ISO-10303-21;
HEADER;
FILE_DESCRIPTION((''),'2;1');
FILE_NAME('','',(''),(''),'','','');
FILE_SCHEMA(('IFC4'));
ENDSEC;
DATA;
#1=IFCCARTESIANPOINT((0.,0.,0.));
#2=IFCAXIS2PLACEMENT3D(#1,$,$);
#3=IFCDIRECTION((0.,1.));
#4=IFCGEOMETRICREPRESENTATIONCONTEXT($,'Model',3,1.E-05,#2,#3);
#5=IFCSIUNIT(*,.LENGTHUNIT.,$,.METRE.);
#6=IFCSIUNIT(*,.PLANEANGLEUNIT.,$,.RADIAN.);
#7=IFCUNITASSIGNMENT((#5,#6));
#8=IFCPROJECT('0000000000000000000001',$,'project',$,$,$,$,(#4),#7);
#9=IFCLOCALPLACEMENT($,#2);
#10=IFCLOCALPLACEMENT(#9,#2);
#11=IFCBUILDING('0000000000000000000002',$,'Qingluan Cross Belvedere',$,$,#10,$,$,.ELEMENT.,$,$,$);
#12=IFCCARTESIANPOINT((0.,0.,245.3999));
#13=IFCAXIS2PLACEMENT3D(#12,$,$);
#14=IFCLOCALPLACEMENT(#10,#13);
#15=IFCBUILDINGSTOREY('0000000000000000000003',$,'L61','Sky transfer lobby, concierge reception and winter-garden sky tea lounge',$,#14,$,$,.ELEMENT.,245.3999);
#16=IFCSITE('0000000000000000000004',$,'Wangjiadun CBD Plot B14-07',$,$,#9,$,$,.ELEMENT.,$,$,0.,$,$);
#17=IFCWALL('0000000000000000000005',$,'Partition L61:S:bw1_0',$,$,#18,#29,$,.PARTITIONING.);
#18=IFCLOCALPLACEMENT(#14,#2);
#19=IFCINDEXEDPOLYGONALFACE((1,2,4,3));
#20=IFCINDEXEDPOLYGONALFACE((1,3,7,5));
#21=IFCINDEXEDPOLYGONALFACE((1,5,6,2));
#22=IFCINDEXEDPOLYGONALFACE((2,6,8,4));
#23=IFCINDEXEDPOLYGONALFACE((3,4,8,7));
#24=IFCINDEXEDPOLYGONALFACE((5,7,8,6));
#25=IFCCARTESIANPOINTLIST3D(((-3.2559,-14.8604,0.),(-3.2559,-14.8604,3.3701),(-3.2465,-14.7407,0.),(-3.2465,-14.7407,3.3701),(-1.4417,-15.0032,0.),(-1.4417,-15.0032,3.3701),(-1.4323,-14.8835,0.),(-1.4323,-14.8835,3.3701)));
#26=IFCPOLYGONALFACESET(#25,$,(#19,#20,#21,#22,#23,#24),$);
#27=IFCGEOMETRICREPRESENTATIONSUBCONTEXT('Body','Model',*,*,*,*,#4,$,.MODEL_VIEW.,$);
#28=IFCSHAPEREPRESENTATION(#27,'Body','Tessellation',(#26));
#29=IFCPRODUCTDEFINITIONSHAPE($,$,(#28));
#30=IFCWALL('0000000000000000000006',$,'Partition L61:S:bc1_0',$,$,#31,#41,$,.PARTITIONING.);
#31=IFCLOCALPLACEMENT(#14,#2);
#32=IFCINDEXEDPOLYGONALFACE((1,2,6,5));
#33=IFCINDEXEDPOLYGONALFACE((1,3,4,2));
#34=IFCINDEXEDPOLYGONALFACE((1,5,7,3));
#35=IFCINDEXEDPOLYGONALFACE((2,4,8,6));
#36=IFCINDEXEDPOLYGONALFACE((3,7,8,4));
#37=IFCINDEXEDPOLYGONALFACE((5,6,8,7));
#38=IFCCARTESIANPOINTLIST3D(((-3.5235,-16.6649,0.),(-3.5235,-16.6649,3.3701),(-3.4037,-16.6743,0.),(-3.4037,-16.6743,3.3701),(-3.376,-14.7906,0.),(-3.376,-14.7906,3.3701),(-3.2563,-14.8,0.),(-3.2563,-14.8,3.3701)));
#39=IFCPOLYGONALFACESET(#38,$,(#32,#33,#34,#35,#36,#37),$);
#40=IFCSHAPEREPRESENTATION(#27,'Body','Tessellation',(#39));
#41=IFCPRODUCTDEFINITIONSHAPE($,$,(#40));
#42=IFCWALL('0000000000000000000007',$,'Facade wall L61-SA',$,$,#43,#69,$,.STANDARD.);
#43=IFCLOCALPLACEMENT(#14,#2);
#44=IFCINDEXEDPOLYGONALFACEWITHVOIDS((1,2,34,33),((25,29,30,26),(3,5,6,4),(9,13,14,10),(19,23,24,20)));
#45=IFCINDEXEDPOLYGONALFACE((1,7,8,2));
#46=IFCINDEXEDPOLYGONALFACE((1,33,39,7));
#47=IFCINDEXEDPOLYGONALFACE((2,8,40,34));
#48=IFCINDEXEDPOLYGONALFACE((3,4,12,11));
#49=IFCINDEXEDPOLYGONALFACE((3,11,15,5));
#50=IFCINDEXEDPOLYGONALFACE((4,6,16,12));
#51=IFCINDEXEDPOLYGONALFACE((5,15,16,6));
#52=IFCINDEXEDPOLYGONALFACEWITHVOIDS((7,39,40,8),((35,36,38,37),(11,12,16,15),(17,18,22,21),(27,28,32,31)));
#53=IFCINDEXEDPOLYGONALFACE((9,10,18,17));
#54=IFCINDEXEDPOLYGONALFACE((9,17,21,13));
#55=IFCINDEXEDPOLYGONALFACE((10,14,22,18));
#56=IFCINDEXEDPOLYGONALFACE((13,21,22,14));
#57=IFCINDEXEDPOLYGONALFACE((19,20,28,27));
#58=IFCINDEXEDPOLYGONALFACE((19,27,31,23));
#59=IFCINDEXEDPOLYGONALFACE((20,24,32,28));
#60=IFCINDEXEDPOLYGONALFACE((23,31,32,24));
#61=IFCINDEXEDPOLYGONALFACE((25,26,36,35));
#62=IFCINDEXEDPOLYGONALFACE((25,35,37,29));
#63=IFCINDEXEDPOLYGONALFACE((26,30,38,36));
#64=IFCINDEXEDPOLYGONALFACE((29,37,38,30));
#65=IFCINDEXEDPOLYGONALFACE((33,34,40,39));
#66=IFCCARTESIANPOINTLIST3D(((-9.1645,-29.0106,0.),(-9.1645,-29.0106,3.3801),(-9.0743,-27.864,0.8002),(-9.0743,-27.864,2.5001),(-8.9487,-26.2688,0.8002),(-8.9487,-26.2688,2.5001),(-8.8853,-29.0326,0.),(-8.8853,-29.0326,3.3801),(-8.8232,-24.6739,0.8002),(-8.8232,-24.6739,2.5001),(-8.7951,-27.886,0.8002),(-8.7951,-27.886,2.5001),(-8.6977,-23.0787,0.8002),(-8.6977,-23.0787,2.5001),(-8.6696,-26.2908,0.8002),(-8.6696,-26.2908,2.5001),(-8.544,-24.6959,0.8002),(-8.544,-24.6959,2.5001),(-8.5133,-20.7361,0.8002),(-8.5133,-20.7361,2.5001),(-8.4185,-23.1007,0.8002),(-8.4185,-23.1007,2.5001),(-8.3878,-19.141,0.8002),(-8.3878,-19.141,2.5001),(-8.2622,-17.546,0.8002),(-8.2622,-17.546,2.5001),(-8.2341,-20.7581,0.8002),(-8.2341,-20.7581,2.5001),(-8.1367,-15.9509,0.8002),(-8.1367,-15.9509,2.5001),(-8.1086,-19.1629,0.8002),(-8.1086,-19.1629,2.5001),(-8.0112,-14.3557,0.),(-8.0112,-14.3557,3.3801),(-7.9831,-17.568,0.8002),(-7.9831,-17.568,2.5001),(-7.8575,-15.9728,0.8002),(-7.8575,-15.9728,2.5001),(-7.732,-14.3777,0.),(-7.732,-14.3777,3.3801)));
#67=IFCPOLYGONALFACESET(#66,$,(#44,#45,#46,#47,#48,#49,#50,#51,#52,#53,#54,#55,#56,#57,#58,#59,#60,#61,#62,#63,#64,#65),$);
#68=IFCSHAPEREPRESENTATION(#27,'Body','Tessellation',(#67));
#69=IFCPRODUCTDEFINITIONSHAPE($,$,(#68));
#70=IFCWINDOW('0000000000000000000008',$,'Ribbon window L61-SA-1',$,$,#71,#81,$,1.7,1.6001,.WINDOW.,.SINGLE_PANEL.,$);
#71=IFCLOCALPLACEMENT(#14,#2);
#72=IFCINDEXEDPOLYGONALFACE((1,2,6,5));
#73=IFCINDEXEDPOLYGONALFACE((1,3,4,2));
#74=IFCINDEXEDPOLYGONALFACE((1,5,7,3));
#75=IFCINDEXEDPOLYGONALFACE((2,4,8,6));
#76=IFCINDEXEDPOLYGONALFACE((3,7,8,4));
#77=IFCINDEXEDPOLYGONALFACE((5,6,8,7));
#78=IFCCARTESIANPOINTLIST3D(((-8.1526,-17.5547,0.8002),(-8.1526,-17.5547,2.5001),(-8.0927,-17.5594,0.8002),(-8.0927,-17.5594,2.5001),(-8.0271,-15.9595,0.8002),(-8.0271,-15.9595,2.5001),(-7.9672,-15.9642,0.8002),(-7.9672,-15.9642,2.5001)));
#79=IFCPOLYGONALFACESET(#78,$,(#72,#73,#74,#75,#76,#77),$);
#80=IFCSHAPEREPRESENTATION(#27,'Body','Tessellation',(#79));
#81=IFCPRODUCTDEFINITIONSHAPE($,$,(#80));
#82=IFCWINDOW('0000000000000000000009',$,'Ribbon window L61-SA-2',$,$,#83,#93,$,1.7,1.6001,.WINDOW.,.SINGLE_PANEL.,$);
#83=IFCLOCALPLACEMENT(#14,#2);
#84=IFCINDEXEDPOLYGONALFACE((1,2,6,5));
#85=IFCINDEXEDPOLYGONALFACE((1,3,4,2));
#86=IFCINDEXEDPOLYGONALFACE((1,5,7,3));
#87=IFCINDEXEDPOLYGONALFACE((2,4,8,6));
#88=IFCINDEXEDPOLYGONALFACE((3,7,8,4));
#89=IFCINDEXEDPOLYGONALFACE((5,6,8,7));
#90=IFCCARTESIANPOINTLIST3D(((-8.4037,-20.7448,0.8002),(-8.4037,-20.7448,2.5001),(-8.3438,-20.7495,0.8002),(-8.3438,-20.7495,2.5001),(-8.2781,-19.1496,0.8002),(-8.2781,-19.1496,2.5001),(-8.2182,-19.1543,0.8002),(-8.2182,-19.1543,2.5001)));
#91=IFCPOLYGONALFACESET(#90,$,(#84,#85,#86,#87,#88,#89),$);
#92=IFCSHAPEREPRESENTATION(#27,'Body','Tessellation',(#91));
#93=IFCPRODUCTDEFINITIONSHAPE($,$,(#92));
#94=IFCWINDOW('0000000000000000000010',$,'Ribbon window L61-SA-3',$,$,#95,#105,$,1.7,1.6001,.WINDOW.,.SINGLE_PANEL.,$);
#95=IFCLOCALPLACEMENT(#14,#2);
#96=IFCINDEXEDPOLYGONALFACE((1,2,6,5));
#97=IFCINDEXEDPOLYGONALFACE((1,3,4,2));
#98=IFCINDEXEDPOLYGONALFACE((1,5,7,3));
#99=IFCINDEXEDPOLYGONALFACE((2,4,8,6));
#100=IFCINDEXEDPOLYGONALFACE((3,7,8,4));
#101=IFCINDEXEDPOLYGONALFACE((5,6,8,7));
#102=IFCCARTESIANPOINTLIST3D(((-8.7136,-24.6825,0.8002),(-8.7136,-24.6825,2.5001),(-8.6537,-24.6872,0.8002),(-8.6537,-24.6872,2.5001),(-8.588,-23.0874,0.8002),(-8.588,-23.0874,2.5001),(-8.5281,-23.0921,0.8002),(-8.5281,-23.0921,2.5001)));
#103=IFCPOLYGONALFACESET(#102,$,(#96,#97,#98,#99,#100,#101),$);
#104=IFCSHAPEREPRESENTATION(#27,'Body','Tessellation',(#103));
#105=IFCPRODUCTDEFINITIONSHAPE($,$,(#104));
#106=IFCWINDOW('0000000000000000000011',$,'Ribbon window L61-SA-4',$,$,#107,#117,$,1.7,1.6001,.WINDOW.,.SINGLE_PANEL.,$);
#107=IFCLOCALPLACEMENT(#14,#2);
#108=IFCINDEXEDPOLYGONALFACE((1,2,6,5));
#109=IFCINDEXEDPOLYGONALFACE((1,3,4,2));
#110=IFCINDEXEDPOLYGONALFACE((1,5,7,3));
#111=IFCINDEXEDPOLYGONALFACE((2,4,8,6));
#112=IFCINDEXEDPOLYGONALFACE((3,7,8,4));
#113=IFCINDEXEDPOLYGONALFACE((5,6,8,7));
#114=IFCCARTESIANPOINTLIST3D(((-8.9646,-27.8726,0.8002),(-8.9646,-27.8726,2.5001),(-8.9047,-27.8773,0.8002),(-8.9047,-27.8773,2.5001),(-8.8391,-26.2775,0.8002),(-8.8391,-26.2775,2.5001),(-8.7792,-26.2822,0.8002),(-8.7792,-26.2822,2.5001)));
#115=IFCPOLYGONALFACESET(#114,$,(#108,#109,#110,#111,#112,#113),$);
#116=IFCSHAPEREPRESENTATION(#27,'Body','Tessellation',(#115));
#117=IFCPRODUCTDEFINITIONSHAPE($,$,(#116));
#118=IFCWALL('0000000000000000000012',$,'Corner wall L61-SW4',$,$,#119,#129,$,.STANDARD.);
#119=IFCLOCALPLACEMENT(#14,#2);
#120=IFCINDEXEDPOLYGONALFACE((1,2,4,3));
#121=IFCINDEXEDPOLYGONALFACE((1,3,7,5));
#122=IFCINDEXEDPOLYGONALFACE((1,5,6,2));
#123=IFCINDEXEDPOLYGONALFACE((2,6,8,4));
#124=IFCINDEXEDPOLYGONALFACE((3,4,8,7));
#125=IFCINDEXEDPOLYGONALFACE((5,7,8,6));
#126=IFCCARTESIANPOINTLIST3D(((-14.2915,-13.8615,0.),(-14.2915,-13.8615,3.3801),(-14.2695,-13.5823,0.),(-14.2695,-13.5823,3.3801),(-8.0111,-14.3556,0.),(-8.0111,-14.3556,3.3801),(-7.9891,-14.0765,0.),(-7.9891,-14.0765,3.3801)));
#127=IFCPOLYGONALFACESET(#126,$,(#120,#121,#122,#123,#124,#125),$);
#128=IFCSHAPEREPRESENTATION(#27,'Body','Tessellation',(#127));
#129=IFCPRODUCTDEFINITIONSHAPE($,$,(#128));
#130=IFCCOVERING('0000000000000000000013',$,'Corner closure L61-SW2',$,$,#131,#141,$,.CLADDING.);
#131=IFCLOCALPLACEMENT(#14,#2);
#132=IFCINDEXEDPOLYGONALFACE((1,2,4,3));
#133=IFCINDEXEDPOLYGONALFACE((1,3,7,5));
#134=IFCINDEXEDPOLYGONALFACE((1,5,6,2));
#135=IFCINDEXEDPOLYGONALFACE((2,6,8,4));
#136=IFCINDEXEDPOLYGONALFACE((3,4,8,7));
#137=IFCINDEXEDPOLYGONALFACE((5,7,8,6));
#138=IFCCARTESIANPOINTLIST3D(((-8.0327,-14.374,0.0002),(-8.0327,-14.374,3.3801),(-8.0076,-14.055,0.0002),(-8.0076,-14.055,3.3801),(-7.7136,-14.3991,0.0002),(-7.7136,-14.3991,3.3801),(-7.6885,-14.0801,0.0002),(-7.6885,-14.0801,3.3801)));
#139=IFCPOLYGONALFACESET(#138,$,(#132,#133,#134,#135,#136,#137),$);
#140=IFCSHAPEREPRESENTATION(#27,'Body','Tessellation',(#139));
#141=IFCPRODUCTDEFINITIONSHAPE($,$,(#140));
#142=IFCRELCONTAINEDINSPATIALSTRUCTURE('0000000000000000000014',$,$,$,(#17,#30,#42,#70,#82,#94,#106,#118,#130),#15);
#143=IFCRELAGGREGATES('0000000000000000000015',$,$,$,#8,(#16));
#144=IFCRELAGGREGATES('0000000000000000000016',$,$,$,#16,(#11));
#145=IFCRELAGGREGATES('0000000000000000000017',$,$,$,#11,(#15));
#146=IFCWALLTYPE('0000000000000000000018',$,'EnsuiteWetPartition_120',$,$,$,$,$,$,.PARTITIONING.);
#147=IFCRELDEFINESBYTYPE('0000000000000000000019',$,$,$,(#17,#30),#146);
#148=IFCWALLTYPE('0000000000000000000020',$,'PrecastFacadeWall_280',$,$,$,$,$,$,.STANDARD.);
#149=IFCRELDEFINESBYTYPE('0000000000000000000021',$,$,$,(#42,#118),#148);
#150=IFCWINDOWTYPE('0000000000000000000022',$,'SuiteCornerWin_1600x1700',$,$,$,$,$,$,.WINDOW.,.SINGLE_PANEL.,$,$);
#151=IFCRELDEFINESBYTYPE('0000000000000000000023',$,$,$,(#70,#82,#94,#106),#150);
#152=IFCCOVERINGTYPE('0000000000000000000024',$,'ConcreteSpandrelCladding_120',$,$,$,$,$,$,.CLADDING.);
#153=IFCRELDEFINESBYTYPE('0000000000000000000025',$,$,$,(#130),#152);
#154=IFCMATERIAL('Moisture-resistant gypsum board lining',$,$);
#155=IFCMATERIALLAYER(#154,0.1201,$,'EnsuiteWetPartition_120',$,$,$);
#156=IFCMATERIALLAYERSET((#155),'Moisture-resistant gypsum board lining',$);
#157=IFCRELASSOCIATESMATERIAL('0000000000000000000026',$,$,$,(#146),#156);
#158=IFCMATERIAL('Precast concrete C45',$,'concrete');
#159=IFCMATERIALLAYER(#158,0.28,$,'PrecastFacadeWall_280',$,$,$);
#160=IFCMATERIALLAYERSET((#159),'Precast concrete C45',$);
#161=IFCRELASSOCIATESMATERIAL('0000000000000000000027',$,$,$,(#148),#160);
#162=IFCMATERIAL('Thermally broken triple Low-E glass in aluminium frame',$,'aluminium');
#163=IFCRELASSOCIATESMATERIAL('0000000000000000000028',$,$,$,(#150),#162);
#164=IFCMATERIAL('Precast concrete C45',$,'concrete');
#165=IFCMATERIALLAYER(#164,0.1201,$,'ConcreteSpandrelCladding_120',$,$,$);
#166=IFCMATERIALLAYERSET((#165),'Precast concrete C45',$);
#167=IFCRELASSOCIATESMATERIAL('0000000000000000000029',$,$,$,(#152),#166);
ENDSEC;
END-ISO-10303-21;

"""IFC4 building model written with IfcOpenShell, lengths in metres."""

from ifc_helpers import new_model, si_unit, direction, frame, frame_2d, origin, origin_2d, place, context, subcontext, project, spatial, rectangle, extrude, material, layer, layer_set, type_object, element, fill, save


model = new_model("IFC4")

# Units and contexts
model_context = context("Model", 3, precision=1e-05, world=origin(), true_north=direction((0.0, 1.0)))
body_context = subcontext(model_context, "Body", "Model", "MODEL_VIEW")
ifc_project = project(units=[si_unit("LENGTHUNIT", "METRE"), si_unit("PLANEANGLEUNIT", "RADIAN")], contexts=[model_context])

# Site, building, storey
site_placement = place(None, origin())
site = spatial("IfcSite", under=ifc_project, at=site_placement, Name="Wangjiadun CBD Plot B14-07", CompositionType="ELEMENT", RefElevation=0.0)
building_placement = place(site_placement, origin())
building = spatial("IfcBuilding", under=site, at=building_placement, Name="Qingluan Cross Belvedere", CompositionType="ELEMENT")
storey_placement = place(building_placement, frame((0.0, 0.0, 245.3999)))
storey = spatial("IfcBuildingStorey", under=building, at=storey_placement, Name="L61", Description="Sky transfer lobby, concierge reception and winter-garden sky tea lounge", CompositionType="ELEMENT", Elevation=245.3999)

# Walls
ifc_material_1 = material(Name="Moisture-resistant gypsum board lining")
ifc_layer_1 = layer(ifc_material_1, 0.1201, Name="EnsuiteWetPartition_120")
ifc_layer_set_1 = layer_set([ifc_layer_1], Name="Moisture-resistant gypsum board lining")
wall_type_1 = type_object("IfcWallType", Name="EnsuiteWetPartition_120", PredefinedType="PARTITIONING", material=ifc_layer_set_1)
wall_1_placement = place(storey_placement, frame((-3.2512, -14.8005, 0.0), z_axis=(0.0, 0.0, 1.0), x_axis=(0.996916, -0.078481, 0.0)))
element("IfcWall", 1, at=wall_1_placement, inside=storey, type_object=wall_type_1, Name="Partition L61:S:bw1_0", PredefinedType="PARTITIONING", context=body_context, shape_type="SweptSolid", body=[
    extrude(rectangle(XDim=1.8198, YDim=0.1201, at=frame_2d((0.9099, 0.0))), origin(), (0.0, 0.0, 1.0), 3.3701),
])
wall_2_placement = place(storey_placement, frame((-3.3162, -14.7954, 0.0), z_axis=(0.0, 0.0, 1.0), x_axis=(-0.078434, -0.996919, 0.0)))
element("IfcWall", 2, at=wall_2_placement, inside=storey, type_object=wall_type_1, Name="Partition L61:S:bc1_0", PredefinedType="PARTITIONING", context=body_context, shape_type="SweptSolid", body=[
    extrude(rectangle(XDim=1.8801, YDim=0.1201, at=frame_2d((0.9399, 0.0))), origin(), (0.0, 0.0, 1.0), 3.3701),
])

# Wall, openings, windows
ifc_material_2 = material(Name="Precast concrete C45", Category="concrete")
ifc_layer_2 = layer(ifc_material_2, 0.28, Name="PrecastFacadeWall_280")
ifc_layer_set_2 = layer_set([ifc_layer_2], Name="Precast concrete C45")
wall_type_2 = type_object("IfcWallType", Name="PrecastFacadeWall_280", PredefinedType="STANDARD", material=ifc_layer_set_2)
wall_3_placement = place(storey_placement, frame((-7.8716, -14.3667, 0.0), z_axis=(0.0, 0.0, 1.0), x_axis=(-0.078457, -0.996918, 0.0)))
wall_3 = element("IfcWall", 3, at=wall_3_placement, inside=storey, type_object=wall_type_2, Name="Facade wall L61-SA", PredefinedType="STANDARD", context=body_context, shape_type="SweptSolid", body=[
    extrude(rectangle(XDim=14.7002, YDim=0.28, at=frame_2d((7.3501, 0.0))), origin(), (0.0, 0.0, 1.0), 3.3801),
])
opening_1_placement = place(wall_3_placement, frame((1.6001, 0.0, 0.8)))
opening_1 = element("IfcOpeningElement", 4, at=opening_1_placement, cuts=wall_3, PredefinedType="OPENING", context=body_context, shape_type="SweptSolid", body=[
    extrude(rectangle(XDim=1.6001, YDim=1.7, at=frame_2d((0.8, 0.8501))), frame((0.0, 0.1499, 0.0), z_axis=(0.0, -1.0, 0.0), x_axis=(1.0, 0.0, 0.0)), (0.0, 0.0, 1.0), 0.3),
])
opening_2_placement = place(wall_3_placement, frame((4.8, 0.0, 0.8)))
opening_2 = element("IfcOpeningElement", 5, at=opening_2_placement, cuts=wall_3, PredefinedType="OPENING", context=body_context, shape_type="SweptSolid", body=[
    extrude(rectangle(XDim=1.6001, YDim=1.7, at=frame_2d((0.8, 0.8501))), frame((0.0, 0.1499, 0.0), z_axis=(0.0, -1.0, 0.0), x_axis=(1.0, 0.0, 0.0)), (0.0, 0.0, 1.0), 0.3),
])
opening_3_placement = place(wall_3_placement, frame((8.75, 0.0, 0.8)))
opening_3 = element("IfcOpeningElement", 6, at=opening_3_placement, cuts=wall_3, PredefinedType="OPENING", context=body_context, shape_type="SweptSolid", body=[
    extrude(rectangle(XDim=1.6001, YDim=1.7, at=frame_2d((0.8, 0.8501))), frame((0.0, 0.1499, 0.0), z_axis=(0.0, -1.0, 0.0), x_axis=(1.0, 0.0, 0.0)), (0.0, 0.0, 1.0), 0.3),
])
opening_4_placement = place(wall_3_placement, frame((11.95, 0.0, 0.8)))
opening_4 = element("IfcOpeningElement", 7, at=opening_4_placement, cuts=wall_3, PredefinedType="OPENING", context=body_context, shape_type="SweptSolid", body=[
    extrude(rectangle(XDim=1.6001, YDim=1.7, at=frame_2d((0.8, 0.8501))), frame((0.0, 0.1499, 0.0), z_axis=(0.0, -1.0, 0.0), x_axis=(1.0, 0.0, 0.0)), (0.0, 0.0, 1.0), 0.3),
])
ifc_material_3 = material(Name="Thermally broken triple Low-E glass in aluminium frame", Category="aluminium")
window_type = type_object("IfcWindowType", Name="SuiteCornerWin_1600x1700", PartitioningType="SINGLE_PANEL", PredefinedType="WINDOW", material=ifc_material_3)
window_1_placement = place(opening_1_placement, origin())
window_1 = element("IfcWindow", 8, at=window_1_placement, inside=storey, type_object=window_type, Name="Ribbon window L61-SA-1", OverallHeight=1.7, OverallWidth=1.6001, PartitioningType="SINGLE_PANEL", PredefinedType="WINDOW", context=body_context, shape_type="SweptSolid", body=[
    extrude(rectangle(XDim=1.6001, YDim=1.7, at=frame_2d((0.8, 0.8501))), frame((0.0, 0.03, 0.0), z_axis=(0.0, -1.0, 0.0), x_axis=(1.0, 0.0, 0.0)), (0.0, 0.0, 1.0), 0.0601),
])
fill(opening_1, window_1)
window_2_placement = place(opening_2_placement, origin())
window_2 = element("IfcWindow", 9, at=window_2_placement, inside=storey, type_object=window_type, Name="Ribbon window L61-SA-2", OverallHeight=1.7, OverallWidth=1.6001, PartitioningType="SINGLE_PANEL", PredefinedType="WINDOW", context=body_context, shape_type="SweptSolid", body=[
    extrude(rectangle(XDim=1.6001, YDim=1.7, at=frame_2d((0.8, 0.8501))), frame((0.0, 0.03, 0.0), z_axis=(0.0, -1.0, 0.0), x_axis=(1.0, 0.0, 0.0)), (0.0, 0.0, 1.0), 0.0601),
])
fill(opening_2, window_2)
window_3_placement = place(opening_3_placement, origin())
window_3 = element("IfcWindow", 10, at=window_3_placement, inside=storey, type_object=window_type, Name="Ribbon window L61-SA-3", OverallHeight=1.7, OverallWidth=1.6001, PartitioningType="SINGLE_PANEL", PredefinedType="WINDOW", context=body_context, shape_type="SweptSolid", body=[
    extrude(rectangle(XDim=1.6001, YDim=1.7, at=frame_2d((0.8, 0.8501))), frame((0.0, 0.03, 0.0), z_axis=(0.0, -1.0, 0.0), x_axis=(1.0, 0.0, 0.0)), (0.0, 0.0, 1.0), 0.0601),
])
fill(opening_3, window_3)
window_4_placement = place(opening_4_placement, origin())
window_4 = element("IfcWindow", 11, at=window_4_placement, inside=storey, type_object=window_type, Name="Ribbon window L61-SA-4", OverallHeight=1.7, OverallWidth=1.6001, PartitioningType="SINGLE_PANEL", PredefinedType="WINDOW", context=body_context, shape_type="SweptSolid", body=[
    extrude(rectangle(XDim=1.6001, YDim=1.7, at=frame_2d((0.8, 0.8501))), frame((0.0, 0.03, 0.0), z_axis=(0.0, -1.0, 0.0), x_axis=(1.0, 0.0, 0.0)), (0.0, 0.0, 1.0), 0.0601),
])
fill(opening_4, window_4)

# Wall
wall_4_placement = place(storey_placement, frame((-14.2805, -13.7219, 0.0), z_axis=(0.0, 0.0, 1.0), x_axis=(0.996919, -0.078436, 0.0)))
element("IfcWall", 12, at=wall_4_placement, inside=storey, type_object=wall_type_2, Name="Corner wall L61-SW4", PredefinedType="STANDARD", context=body_context, shape_type="SweptSolid", body=[
    extrude(rectangle(XDim=6.2998, YDim=0.28, at=frame_2d((3.1499, 0.0))), origin(), (0.0, 0.0, 1.0), 3.3801),
])

# Covering
ifc_material_4 = material(Name="Precast concrete C45", Category="concrete")
ifc_layer_3 = layer(ifc_material_4, 0.1201, Name="ConcreteSpandrelCladding_120")
ifc_layer_set_3 = layer_set([ifc_layer_3], Name="Precast concrete C45")
covering_type = type_object("IfcCoveringType", Name="ConcreteSpandrelCladding_120", PredefinedType="CLADDING", material=ifc_layer_set_3)
covering_placement = place(storey_placement, frame((-7.8606, -14.2271, 0.0002), z_axis=(0.0, 0.0, 1.0), x_axis=(0.996917, -0.078459, 0.0)))
element("IfcCovering", 13, at=covering_placement, inside=storey, type_object=covering_type, Name="Corner closure L61-SW2", PredefinedType="CLADDING", context=body_context, shape_type="SweptSolid", body=[
    extrude(rectangle(XDim=0.3201, YDim=0.3201, at=origin_2d()), origin(), (0.0, 0.0, 1.0), 3.3799),
])

save(model, "model.ifc")
